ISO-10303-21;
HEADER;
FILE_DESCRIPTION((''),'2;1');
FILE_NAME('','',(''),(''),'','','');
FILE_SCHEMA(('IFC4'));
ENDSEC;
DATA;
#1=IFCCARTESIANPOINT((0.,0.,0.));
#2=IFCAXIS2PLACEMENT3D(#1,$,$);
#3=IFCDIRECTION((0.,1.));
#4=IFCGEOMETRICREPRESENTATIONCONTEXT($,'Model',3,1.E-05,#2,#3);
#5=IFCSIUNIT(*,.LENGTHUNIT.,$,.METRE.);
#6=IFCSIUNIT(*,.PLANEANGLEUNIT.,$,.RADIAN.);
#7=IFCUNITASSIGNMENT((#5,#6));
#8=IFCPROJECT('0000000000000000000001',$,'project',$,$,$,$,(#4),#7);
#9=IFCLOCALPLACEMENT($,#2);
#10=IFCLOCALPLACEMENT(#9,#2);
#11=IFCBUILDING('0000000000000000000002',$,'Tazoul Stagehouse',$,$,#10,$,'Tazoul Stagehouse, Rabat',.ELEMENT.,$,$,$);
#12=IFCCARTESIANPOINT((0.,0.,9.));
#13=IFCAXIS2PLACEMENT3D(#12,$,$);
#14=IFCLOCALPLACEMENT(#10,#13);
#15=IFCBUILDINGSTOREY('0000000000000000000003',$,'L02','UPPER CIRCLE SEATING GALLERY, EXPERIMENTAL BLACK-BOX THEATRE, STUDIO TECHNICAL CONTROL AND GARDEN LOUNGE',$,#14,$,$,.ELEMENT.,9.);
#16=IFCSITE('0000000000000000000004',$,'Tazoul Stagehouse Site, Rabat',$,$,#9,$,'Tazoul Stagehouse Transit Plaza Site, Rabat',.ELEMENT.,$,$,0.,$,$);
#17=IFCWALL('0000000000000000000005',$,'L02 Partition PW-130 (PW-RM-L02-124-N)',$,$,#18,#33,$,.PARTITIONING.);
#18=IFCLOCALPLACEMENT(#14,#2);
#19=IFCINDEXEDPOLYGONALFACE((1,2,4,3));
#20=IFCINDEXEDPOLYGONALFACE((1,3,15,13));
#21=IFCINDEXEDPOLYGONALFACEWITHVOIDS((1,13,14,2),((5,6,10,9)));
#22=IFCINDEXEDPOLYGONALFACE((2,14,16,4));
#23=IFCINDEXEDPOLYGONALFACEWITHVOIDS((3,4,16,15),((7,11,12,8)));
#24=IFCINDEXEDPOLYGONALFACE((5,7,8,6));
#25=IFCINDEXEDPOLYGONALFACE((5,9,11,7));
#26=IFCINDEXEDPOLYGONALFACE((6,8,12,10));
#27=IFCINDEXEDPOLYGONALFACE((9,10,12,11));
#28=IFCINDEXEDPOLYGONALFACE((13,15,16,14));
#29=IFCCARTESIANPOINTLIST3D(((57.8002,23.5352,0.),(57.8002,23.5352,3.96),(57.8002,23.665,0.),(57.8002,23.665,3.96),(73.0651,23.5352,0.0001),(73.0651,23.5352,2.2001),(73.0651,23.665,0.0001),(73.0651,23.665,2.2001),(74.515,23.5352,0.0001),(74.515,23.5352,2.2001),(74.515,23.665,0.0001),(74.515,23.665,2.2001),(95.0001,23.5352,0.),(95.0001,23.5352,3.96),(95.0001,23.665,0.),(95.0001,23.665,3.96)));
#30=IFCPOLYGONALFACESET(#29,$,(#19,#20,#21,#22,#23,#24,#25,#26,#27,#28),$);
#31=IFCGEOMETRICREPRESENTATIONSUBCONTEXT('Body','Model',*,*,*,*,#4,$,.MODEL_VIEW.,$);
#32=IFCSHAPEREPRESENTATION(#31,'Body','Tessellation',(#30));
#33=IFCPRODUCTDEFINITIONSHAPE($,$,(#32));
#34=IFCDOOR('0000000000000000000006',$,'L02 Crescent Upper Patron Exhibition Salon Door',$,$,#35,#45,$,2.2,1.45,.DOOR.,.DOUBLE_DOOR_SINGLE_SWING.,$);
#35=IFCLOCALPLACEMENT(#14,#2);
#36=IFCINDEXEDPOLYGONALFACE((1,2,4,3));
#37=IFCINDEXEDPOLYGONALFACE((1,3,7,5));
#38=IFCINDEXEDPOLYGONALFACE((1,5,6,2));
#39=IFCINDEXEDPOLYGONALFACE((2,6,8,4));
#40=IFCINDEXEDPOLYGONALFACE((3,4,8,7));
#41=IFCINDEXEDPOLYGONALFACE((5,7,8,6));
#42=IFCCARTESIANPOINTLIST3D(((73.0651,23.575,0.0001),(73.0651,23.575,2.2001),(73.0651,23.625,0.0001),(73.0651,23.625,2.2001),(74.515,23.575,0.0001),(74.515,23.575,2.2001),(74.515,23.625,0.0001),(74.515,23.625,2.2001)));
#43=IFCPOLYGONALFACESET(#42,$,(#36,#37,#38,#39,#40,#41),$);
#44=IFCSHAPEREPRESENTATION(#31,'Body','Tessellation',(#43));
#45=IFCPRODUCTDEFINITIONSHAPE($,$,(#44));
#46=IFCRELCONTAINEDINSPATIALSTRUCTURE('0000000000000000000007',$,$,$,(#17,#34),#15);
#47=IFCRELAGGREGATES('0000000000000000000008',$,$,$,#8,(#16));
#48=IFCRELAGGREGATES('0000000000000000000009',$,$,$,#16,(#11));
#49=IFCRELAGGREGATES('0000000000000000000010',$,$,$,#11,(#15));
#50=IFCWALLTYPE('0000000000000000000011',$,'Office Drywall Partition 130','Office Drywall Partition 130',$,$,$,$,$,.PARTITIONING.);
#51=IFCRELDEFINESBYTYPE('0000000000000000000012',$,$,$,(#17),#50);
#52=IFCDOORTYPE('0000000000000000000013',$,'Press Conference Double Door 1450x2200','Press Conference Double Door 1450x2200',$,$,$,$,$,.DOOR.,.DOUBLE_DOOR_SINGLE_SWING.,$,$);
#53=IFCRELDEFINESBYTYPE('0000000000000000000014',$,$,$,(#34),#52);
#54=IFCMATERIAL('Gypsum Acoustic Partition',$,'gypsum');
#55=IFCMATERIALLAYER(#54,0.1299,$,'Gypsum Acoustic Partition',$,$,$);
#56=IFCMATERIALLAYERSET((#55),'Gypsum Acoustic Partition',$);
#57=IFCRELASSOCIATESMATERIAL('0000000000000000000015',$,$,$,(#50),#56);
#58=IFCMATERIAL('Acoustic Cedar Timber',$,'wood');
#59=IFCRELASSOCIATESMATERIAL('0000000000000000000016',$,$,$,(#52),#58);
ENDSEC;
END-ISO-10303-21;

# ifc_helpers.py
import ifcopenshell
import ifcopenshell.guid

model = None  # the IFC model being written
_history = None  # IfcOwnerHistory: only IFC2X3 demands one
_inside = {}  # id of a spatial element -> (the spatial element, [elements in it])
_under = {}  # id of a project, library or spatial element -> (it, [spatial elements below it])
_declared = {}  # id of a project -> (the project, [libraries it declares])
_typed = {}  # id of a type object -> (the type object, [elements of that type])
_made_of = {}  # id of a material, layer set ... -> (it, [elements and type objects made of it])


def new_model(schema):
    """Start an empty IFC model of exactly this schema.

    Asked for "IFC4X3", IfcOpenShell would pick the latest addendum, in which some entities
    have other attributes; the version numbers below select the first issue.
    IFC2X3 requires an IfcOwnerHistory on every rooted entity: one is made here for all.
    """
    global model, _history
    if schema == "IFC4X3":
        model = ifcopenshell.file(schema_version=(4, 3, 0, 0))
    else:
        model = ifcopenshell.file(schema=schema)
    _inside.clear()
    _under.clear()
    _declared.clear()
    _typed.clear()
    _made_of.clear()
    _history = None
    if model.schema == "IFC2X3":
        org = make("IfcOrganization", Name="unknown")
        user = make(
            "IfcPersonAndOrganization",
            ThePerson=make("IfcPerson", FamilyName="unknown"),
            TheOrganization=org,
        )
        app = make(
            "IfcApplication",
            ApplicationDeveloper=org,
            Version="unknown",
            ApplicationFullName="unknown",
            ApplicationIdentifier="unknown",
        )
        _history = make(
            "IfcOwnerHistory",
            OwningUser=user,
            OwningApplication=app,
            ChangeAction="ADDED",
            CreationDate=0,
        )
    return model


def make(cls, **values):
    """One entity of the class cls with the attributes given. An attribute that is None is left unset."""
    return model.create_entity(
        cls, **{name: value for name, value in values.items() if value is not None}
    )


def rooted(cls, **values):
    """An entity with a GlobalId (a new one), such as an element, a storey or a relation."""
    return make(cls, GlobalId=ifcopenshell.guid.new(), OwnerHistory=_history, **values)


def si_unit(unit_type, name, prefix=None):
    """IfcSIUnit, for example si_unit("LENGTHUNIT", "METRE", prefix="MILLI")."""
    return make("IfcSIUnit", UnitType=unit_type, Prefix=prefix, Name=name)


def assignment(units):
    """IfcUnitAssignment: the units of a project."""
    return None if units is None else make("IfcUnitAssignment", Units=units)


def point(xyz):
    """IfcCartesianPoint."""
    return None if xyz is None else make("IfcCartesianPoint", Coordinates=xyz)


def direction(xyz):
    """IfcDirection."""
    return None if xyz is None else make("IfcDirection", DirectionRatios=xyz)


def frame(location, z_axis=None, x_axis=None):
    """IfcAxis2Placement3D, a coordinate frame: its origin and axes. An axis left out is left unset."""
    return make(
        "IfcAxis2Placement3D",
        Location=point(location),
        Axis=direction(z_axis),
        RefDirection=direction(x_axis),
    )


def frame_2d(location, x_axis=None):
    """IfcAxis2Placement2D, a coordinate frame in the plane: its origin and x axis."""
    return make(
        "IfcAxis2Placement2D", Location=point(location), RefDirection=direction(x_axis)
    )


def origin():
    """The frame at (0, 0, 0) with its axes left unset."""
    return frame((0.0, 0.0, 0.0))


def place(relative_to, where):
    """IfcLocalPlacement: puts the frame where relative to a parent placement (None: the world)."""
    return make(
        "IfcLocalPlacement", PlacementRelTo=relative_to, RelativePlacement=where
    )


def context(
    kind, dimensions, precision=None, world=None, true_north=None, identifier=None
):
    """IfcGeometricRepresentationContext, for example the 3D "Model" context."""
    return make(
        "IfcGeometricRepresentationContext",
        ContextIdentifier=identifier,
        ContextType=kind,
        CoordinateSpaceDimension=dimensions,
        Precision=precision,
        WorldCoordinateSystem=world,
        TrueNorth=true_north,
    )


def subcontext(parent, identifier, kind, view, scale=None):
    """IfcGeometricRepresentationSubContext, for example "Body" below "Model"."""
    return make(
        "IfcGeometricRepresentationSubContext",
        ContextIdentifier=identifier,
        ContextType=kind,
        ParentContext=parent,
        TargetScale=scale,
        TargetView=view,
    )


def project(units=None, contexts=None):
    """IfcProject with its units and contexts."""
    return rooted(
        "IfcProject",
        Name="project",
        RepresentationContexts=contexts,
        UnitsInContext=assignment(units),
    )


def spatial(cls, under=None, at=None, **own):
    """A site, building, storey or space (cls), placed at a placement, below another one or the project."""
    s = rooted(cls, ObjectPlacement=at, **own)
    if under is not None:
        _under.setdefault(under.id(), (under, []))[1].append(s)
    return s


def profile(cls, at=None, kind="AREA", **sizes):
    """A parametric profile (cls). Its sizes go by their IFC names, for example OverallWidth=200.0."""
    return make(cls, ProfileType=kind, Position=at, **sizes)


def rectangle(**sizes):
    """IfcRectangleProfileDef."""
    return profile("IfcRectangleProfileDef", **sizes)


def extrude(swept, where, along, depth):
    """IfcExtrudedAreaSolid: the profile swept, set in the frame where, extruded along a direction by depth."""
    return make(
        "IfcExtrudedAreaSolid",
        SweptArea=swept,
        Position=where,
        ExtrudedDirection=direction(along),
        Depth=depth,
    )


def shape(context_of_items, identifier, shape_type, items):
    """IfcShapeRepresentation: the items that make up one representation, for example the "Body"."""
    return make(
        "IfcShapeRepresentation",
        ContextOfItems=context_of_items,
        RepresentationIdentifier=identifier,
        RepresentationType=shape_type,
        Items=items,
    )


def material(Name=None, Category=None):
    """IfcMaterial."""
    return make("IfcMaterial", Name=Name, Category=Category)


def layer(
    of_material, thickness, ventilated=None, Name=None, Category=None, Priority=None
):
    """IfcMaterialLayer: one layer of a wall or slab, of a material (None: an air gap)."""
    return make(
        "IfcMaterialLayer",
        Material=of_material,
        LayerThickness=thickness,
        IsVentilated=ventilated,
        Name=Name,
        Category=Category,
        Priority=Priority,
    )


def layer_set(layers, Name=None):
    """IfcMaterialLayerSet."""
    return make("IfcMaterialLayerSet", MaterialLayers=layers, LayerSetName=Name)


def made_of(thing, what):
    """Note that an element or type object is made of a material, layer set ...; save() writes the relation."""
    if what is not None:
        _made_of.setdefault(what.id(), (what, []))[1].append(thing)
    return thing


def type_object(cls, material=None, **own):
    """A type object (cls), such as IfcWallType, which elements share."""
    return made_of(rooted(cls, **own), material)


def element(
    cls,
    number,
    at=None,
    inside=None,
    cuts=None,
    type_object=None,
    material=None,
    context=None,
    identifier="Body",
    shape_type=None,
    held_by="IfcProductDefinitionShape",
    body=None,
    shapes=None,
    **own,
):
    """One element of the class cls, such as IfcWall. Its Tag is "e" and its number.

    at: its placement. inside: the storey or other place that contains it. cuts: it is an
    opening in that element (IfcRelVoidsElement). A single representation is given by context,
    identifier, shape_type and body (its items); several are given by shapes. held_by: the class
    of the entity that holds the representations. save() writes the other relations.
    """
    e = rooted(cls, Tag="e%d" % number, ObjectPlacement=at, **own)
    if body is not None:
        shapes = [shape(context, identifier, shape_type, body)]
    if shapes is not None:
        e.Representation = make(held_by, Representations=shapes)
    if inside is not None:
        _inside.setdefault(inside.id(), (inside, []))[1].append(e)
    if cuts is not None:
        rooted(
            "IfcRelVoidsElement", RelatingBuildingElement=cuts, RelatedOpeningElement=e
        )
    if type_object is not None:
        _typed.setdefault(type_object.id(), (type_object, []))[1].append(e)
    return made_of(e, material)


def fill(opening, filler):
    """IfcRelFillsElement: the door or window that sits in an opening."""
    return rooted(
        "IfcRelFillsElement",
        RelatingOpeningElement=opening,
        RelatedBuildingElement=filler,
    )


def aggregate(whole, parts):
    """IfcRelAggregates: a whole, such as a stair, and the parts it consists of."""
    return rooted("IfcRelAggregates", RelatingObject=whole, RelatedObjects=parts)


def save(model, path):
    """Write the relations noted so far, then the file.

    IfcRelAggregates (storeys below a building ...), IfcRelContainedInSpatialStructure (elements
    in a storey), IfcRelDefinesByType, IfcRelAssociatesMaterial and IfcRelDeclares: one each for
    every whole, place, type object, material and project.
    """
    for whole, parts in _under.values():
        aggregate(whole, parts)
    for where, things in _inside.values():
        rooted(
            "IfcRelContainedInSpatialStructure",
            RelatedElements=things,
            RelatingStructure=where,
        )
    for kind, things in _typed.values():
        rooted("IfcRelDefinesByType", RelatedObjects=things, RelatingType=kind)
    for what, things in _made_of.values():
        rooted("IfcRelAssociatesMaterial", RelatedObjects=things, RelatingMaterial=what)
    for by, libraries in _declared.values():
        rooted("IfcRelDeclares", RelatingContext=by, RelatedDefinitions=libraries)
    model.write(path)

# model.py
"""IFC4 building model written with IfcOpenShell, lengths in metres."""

from ifc_helpers import new_model, si_unit, direction, frame, frame_2d, origin, place, context, subcontext, project, spatial, rectangle, extrude, material, layer, layer_set, type_object, element, fill, save


model = new_model("IFC4")

# Units and contexts
model_context = context("Model", 3, precision=1e-05, world=origin(), true_north=direction((0.0, 1.0)))
body_context = subcontext(model_context, "Body", "Model", "MODEL_VIEW")
ifc_project = project(units=[si_unit("LENGTHUNIT", "METRE"), si_unit("PLANEANGLEUNIT", "RADIAN")], contexts=[model_context])

# Site, building, storey
site_placement = place(None, origin())
site = spatial("IfcSite", under=ifc_project, at=site_placement, Name="Tazoul Stagehouse Site, Rabat", LongName="Tazoul Stagehouse Transit Plaza Site, Rabat", CompositionType="ELEMENT", RefElevation=0.0)
building_placement = place(site_placement, origin())
building = spatial("IfcBuilding", under=site, at=building_placement, Name="Tazoul Stagehouse", LongName="Tazoul Stagehouse, Rabat", CompositionType="ELEMENT")
storey_placement = place(building_placement, frame((0.0, 0.0, 9.0)))
storey = spatial("IfcBuildingStorey", under=building, at=storey_placement, Name="L02", Description="UPPER CIRCLE SEATING GALLERY, EXPERIMENTAL BLACK-BOX THEATRE, STUDIO TECHNICAL CONTROL AND GARDEN LOUNGE", CompositionType="ELEMENT", Elevation=9.0)

# Wall, opening, door
ifc_material_1 = material(Name="Gypsum Acoustic Partition", Category="gypsum")
ifc_layer_1 = layer(ifc_material_1, 0.1299, Name="Gypsum Acoustic Partition")
ifc_layer_set_1 = layer_set([ifc_layer_1], Name="Gypsum Acoustic Partition")
wall_type_1 = type_object("IfcWallType", Name="Office Drywall Partition 130", Description="Office Drywall Partition 130", PredefinedType="PARTITIONING", material=ifc_layer_set_1)
wall_1_placement = place(storey_placement, frame((57.8, 23.6001, 0.0), z_axis=(0.0, 0.0, 1.0), x_axis=(1.0, 0.0, 0.0)))
wall_1 = element("IfcWall", 1, at=wall_1_placement, inside=storey, type_object=wall_type_1, Name="L02 Partition PW-130 (PW-RM-L02-124-N)", PredefinedType="PARTITIONING", context=body_context, shape_type="SweptSolid", body=[
    extrude(rectangle(XDim=37.2, YDim=0.1299, at=frame_2d((18.6001, 0.0))), origin(), (0.0, 0.0, 1.0), 3.96),
])
opening_1_placement = place(wall_1_placement, frame((15.2649, 0.0, 0.0)))
opening_1 = element("IfcOpeningElement", 2, at=opening_1_placement, cuts=wall_1, PredefinedType="OPENING", context=body_context, shape_type="SweptSolid", body=[
    extrude(rectangle(XDim=1.45, YDim=2.2, at=frame_2d((0.7251, 1.1001))), frame((0.0, 0.085, 0.0), z_axis=(0.0, -1.0, 0.0), x_axis=(1.0, 0.0, 0.0)), (0.0, 0.0, 1.0), 0.1699),
])
ifc_material_2 = material(Name="Acoustic Cedar Timber", Category="wood")
door_type = type_object("IfcDoorType", Name="Press Conference Double Door 1450x2200", Description="Press Conference Double Door 1450x2200", OperationType="DOUBLE_DOOR_SINGLE_SWING", PredefinedType="DOOR", material=ifc_material_2)
door_placement = place(opening_1_placement, origin())
door = element("IfcDoor", 3, at=door_placement, inside=storey, type_object=door_type, Name="L02 Crescent Upper Patron Exhibition Salon Door", OperationType="DOUBLE_DOOR_SINGLE_SWING", OverallHeight=2.2, OverallWidth=1.45, PredefinedType="DOOR", context=body_context, shape_type="SweptSolid", body=[
    extrude(rectangle(XDim=1.45, YDim=2.2, at=frame_2d((0.7251, 1.1001))), frame((0.0, 0.0249, 0.0), z_axis=(0.0, -1.0, 0.0), x_axis=(1.0, 0.0, 0.0)), (0.0, 0.0, 1.0), 0.05),
])
fill(opening_1, door)

save(model, "model.ifc")
